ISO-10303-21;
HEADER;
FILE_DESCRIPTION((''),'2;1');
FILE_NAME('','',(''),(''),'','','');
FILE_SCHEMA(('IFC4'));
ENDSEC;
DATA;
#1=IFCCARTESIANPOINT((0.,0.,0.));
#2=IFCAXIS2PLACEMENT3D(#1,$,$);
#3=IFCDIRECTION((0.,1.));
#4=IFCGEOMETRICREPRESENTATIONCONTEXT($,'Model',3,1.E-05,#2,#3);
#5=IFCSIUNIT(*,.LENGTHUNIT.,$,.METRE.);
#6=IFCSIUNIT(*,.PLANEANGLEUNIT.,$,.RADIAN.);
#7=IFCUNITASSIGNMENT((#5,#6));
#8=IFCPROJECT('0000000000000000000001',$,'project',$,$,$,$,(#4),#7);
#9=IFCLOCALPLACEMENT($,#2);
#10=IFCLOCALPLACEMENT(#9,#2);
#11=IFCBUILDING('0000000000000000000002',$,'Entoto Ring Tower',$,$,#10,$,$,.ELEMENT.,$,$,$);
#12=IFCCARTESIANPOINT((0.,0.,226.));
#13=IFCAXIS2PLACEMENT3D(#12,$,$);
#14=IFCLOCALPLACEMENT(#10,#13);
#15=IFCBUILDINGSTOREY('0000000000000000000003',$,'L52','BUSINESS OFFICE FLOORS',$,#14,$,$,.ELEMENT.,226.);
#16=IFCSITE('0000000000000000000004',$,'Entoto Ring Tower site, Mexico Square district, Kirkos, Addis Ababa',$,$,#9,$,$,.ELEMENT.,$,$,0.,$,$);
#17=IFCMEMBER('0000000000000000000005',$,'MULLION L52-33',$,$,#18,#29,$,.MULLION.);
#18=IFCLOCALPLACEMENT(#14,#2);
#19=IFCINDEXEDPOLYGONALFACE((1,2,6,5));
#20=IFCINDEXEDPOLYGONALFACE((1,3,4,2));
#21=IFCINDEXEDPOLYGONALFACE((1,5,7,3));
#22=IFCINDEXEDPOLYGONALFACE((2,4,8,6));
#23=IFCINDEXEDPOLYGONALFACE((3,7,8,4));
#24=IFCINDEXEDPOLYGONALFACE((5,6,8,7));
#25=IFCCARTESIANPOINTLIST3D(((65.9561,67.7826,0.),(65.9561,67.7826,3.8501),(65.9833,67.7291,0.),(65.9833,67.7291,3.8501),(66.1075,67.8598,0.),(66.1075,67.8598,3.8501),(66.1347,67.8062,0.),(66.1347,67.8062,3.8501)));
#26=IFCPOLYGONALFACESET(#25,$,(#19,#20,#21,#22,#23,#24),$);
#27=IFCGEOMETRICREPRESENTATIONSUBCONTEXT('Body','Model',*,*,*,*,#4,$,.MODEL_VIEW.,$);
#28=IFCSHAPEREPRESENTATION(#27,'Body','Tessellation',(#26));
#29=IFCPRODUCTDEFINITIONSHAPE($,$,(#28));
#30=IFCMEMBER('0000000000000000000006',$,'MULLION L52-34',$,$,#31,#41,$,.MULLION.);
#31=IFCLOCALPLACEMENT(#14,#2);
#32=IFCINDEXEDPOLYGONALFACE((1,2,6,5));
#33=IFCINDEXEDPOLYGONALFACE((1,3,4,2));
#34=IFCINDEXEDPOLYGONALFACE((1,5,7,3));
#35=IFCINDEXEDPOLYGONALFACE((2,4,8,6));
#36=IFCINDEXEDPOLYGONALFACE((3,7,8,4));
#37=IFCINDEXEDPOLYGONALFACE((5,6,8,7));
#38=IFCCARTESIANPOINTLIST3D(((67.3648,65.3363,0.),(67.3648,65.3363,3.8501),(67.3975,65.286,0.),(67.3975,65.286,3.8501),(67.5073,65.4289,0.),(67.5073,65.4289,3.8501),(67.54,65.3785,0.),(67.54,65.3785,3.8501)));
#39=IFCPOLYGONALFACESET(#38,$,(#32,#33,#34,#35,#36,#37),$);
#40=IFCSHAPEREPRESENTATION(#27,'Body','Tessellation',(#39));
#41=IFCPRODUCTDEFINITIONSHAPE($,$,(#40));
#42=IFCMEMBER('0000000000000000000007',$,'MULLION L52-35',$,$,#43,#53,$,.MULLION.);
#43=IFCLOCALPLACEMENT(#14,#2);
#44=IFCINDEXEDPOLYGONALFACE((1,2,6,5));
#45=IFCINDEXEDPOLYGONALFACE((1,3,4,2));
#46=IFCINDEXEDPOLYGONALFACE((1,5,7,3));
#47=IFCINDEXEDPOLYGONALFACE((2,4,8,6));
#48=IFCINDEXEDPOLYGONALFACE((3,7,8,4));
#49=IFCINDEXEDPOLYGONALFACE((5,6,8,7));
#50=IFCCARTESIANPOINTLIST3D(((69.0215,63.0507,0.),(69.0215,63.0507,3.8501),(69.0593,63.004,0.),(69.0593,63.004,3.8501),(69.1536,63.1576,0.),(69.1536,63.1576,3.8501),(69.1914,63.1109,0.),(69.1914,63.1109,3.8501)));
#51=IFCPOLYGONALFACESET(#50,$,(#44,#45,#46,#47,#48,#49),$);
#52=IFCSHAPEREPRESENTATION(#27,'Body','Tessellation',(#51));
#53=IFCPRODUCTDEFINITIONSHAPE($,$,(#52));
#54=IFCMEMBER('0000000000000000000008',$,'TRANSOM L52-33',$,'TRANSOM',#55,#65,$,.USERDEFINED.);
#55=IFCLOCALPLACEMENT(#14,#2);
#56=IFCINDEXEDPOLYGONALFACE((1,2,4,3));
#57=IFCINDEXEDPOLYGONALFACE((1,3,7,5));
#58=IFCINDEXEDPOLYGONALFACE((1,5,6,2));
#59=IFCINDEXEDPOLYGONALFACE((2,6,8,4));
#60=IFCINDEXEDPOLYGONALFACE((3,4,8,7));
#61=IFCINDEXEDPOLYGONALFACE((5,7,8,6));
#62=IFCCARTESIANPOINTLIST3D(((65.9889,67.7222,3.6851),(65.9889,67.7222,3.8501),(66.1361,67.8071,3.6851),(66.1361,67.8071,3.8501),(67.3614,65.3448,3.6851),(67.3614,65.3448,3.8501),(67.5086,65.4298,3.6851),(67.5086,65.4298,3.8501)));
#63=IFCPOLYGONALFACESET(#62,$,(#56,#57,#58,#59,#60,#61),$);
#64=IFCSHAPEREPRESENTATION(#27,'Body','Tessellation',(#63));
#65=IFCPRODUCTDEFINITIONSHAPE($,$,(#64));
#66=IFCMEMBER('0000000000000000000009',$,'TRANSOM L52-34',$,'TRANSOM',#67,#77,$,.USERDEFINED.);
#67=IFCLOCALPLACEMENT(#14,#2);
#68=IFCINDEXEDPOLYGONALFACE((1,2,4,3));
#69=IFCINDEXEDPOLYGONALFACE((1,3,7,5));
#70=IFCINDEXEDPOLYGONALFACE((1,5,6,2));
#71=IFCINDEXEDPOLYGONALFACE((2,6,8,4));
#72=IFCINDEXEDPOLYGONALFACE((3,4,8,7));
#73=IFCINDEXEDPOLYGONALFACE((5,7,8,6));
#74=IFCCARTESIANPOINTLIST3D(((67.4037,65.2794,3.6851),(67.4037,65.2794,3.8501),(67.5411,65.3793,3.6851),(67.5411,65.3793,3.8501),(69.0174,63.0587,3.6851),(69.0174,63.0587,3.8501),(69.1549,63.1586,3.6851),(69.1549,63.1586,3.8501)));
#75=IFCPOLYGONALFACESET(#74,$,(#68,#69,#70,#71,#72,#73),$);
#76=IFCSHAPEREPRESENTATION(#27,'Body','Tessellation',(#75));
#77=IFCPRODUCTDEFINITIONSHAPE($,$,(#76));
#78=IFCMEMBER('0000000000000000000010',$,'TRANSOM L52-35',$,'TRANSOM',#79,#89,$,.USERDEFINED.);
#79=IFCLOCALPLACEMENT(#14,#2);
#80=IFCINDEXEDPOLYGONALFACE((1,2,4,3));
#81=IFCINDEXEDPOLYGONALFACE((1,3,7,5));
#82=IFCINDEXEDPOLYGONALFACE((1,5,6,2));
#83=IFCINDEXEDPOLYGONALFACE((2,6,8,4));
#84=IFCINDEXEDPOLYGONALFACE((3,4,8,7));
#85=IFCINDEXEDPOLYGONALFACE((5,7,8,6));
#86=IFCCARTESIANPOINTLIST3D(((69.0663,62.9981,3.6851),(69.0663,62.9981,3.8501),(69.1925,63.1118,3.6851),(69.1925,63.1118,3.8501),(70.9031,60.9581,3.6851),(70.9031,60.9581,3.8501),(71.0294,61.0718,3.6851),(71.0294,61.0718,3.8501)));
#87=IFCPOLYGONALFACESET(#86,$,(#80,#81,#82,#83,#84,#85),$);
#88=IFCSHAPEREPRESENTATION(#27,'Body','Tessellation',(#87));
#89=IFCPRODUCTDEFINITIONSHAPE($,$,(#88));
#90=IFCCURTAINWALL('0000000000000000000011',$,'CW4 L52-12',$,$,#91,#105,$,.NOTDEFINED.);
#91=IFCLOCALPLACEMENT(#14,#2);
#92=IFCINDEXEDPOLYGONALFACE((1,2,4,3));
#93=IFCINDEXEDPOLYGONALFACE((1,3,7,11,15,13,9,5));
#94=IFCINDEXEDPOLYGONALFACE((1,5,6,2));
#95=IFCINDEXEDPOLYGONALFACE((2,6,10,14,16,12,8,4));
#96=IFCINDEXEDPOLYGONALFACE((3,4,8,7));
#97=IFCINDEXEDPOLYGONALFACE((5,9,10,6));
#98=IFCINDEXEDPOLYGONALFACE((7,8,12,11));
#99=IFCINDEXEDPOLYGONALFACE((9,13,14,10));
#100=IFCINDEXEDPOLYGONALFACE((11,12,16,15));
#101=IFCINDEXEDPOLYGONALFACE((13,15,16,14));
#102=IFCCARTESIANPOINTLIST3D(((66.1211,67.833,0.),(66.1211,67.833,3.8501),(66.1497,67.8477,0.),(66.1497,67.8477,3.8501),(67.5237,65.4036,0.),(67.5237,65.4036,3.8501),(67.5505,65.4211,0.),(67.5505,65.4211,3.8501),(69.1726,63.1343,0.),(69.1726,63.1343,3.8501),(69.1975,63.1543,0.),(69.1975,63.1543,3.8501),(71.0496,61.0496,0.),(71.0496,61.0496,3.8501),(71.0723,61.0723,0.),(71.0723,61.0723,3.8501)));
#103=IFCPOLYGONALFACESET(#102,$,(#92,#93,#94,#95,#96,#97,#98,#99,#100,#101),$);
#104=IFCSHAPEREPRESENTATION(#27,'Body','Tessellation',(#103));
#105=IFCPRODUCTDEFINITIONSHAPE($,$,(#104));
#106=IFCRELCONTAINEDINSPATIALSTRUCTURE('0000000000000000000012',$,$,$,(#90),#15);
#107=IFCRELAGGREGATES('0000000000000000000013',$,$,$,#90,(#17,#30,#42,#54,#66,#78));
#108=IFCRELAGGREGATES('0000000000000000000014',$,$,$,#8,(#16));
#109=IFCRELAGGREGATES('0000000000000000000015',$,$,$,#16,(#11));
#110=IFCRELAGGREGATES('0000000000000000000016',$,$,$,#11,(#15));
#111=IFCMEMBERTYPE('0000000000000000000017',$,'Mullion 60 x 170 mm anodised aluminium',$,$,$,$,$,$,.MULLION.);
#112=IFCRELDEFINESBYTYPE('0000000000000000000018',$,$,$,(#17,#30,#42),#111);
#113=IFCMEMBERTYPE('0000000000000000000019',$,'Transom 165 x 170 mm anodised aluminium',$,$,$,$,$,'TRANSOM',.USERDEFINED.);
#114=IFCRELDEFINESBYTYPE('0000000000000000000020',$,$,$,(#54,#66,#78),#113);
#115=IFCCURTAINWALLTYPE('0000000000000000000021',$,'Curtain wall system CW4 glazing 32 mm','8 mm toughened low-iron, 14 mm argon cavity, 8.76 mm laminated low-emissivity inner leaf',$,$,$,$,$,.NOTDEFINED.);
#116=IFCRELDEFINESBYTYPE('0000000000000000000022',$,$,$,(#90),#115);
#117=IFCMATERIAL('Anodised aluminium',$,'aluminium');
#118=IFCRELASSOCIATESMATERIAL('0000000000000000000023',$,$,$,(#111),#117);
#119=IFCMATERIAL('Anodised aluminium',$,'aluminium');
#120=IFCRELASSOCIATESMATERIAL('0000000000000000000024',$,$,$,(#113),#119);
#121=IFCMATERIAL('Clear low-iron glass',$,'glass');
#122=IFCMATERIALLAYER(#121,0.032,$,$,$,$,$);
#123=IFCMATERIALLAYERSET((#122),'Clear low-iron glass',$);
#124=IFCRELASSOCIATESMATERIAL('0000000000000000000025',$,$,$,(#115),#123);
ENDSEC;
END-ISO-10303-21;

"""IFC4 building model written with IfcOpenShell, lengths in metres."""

from ifc_helpers import new_model, si_unit, direction, frame, origin, origin_2d, place, context, subcontext, project, spatial, polyline, rectangle, outline, extrude, material, layer, layer_set, material_profile, profile_set, type_object, element, aggregate, save


model = new_model("IFC4")

# Units and contexts
model_context = context("Model", 3, precision=1e-05, world=origin(), true_north=direction((0.0, 1.0)))
body_context = subcontext(model_context, "Body", "Model", "MODEL_VIEW")
ifc_project = project(units=[si_unit("LENGTHUNIT", "METRE"), si_unit("PLANEANGLEUNIT", "RADIAN")], contexts=[model_context])

# Members
ifc_material_1 = material(Name="Anodised aluminium", Category="aluminium")
ifc_material_profile_1 = material_profile(ifc_material_1, rectangle(XDim=0.0601, YDim=0.1699, at=origin_2d()), Name="Mullion 60 x 170 mm anodised aluminium")
ifc_profile_set_1 = profile_set([ifc_material_profile_1], Name="Anodised aluminium")
member_type_1 = type_object("IfcMemberType", Name="Mullion 60 x 170 mm anodised aluminium", PredefinedType="MULLION", material=ifc_profile_set_1)
site_placement = place(None, origin())
building_placement = place(site_placement, origin())
storey_placement = place(building_placement, frame((0.0, 0.0, 226.0)))
member_1_placement = place(storey_placement, frame((66.0454, 67.7944, 0.0), z_axis=(0.0, 0.0, 1.0), x_axis=(0.45399, -0.891007, 0.0)))
member_1 = element("IfcMember", 1, at=member_1_placement, type_object=member_type_1, Name="MULLION L52-33", PredefinedType="MULLION", context=body_context, shape_type="SweptSolid", body=[
    extrude(rectangle(XDim=0.0601, YDim=0.1699, at=origin_2d()), origin(), (0.0, 0.0, 1.0), 3.8501),
])
member_2_placement = place(storey_placement, frame((67.4524, 65.3574, 0.0), z_axis=(0.0, 0.0, 1.0), x_axis=(0.544639, -0.838671, 0.0)))
member_2 = element("IfcMember", 2, at=member_2_placement, type_object=member_type_1, Name="MULLION L52-34", PredefinedType="MULLION", context=body_context, shape_type="SweptSolid", body=[
    extrude(rectangle(XDim=0.0601, YDim=0.1699, at=origin_2d()), origin(), (0.0, 0.0, 1.0), 3.8501),
])
member_3_placement = place(storey_placement, frame((69.1064, 63.0808, 0.0), z_axis=(0.0, 0.0, 1.0), x_axis=(0.62932, -0.777146, 0.0)))
member_3 = element("IfcMember", 3, at=member_3_placement, type_object=member_type_1, Name="MULLION L52-35", PredefinedType="MULLION", context=body_context, shape_type="SweptSolid", body=[
    extrude(rectangle(XDim=0.0601, YDim=0.1699, at=origin_2d()), origin(), (0.0, 0.0, 1.0), 3.8501),
])
ifc_material_2 = material(Name="Anodised aluminium", Category="aluminium")
ifc_material_profile_2 = material_profile(ifc_material_2, rectangle(XDim=0.1699, YDim=0.165, at=origin_2d()), Name="Transom 165 x 170 mm anodised aluminium")
ifc_profile_set_2 = profile_set([ifc_material_profile_2], Name="Anodised aluminium")
member_type_2 = type_object("IfcMemberType", Name="Transom 165 x 170 mm anodised aluminium", ElementType="TRANSOM", PredefinedType="USERDEFINED", material=ifc_profile_set_2)
member_4_placement = place(storey_placement, frame((66.0625, 67.7646, 3.7676), z_axis=(0.499984, -0.866035, 0.0), x_axis=(0.866035, 0.499984, 0.0)))
member_4 = element("IfcMember", 4, at=member_4_placement, type_object=member_type_2, Name="TRANSOM L52-33", ObjectType="TRANSOM", PredefinedType="USERDEFINED", context=body_context, shape_type="SweptSolid", body=[
    extrude(rectangle(XDim=0.1699, YDim=0.165, at=origin_2d()), origin(), (0.0, 0.0, 1.0), 2.7451),
])
member_5_placement = place(storey_placement, frame((67.4724, 65.3293, 3.7676), z_axis=(0.587865, -0.808959, 0.0), x_axis=(0.808959, 0.587865, 0.0)))
member_5 = element("IfcMember", 5, at=member_5_placement, type_object=member_type_2, Name="TRANSOM L52-34", ObjectType="TRANSOM", PredefinedType="USERDEFINED", context=body_context, shape_type="SweptSolid", body=[
    extrude(rectangle(XDim=0.1699, YDim=0.165, at=origin_2d()), origin(), (0.0, 0.0, 1.0), 2.7451),
])
member_6_placement = place(storey_placement, frame((69.1294, 63.0549, 3.7676), z_axis=(0.669142, -0.743135, 0.0), x_axis=(0.743135, 0.669142, 0.0)))
member_6 = element("IfcMember", 6, at=member_6_placement, type_object=member_type_2, Name="TRANSOM L52-35", ObjectType="TRANSOM", PredefinedType="USERDEFINED", context=body_context, shape_type="SweptSolid", body=[
    extrude(rectangle(XDim=0.1699, YDim=0.165, at=origin_2d()), origin(), (0.0, 0.0, 1.0), 2.7451),
])

# Site, building, storey
site = spatial("IfcSite", under=ifc_project, at=site_placement, Name="Entoto Ring Tower site, Mexico Square district, Kirkos, Addis Ababa", CompositionType="ELEMENT", RefElevation=0.0)
building = spatial("IfcBuilding", under=site, at=building_placement, Name="Entoto Ring Tower", CompositionType="ELEMENT")
storey = spatial("IfcBuildingStorey", under=building, at=storey_placement, Name="L52", Description="BUSINESS OFFICE FLOORS", CompositionType="ELEMENT", Elevation=226.0)

# Curtain wall
ifc_material_3 = material(Name="Clear low-iron glass", Category="glass")
ifc_layer = layer(ifc_material_3, 0.032)
ifc_layer_set = layer_set([ifc_layer], Name="Clear low-iron glass")
curtain_wall_type = type_object("IfcCurtainWallType", Name="Curtain wall system CW4 glazing 32 mm", Description="8 mm toughened low-iron, 14 mm argon cavity, 8.76 mm laminated low-emissivity inner leaf", PredefinedType="NOTDEFINED", material=ifc_layer_set)
curtain_wall_1_placement = place(storey_placement, origin())
curtain_wall_1 = element("IfcCurtainWall", 7, at=curtain_wall_1_placement, inside=storey, type_object=curtain_wall_type, Name="CW4 L52-12", PredefinedType="NOTDEFINED", context=body_context, shape_type="SweptSolid", body=[
    extrude(outline(polyline([(66.1211, 67.833), (67.5237, 65.4036), (69.1726, 63.1343), (71.0496, 61.0496), (71.0723, 61.0723), (69.1975, 63.1543), (67.5505, 65.4211), (66.1497, 67.8477), (66.1211, 67.833)])), origin(), (0.0, 0.0, 1.0), 3.8501),
])
aggregate(curtain_wall_1, [member_1, member_2, member_3, member_4, member_5, member_6])

save(model, "model.ifc")
